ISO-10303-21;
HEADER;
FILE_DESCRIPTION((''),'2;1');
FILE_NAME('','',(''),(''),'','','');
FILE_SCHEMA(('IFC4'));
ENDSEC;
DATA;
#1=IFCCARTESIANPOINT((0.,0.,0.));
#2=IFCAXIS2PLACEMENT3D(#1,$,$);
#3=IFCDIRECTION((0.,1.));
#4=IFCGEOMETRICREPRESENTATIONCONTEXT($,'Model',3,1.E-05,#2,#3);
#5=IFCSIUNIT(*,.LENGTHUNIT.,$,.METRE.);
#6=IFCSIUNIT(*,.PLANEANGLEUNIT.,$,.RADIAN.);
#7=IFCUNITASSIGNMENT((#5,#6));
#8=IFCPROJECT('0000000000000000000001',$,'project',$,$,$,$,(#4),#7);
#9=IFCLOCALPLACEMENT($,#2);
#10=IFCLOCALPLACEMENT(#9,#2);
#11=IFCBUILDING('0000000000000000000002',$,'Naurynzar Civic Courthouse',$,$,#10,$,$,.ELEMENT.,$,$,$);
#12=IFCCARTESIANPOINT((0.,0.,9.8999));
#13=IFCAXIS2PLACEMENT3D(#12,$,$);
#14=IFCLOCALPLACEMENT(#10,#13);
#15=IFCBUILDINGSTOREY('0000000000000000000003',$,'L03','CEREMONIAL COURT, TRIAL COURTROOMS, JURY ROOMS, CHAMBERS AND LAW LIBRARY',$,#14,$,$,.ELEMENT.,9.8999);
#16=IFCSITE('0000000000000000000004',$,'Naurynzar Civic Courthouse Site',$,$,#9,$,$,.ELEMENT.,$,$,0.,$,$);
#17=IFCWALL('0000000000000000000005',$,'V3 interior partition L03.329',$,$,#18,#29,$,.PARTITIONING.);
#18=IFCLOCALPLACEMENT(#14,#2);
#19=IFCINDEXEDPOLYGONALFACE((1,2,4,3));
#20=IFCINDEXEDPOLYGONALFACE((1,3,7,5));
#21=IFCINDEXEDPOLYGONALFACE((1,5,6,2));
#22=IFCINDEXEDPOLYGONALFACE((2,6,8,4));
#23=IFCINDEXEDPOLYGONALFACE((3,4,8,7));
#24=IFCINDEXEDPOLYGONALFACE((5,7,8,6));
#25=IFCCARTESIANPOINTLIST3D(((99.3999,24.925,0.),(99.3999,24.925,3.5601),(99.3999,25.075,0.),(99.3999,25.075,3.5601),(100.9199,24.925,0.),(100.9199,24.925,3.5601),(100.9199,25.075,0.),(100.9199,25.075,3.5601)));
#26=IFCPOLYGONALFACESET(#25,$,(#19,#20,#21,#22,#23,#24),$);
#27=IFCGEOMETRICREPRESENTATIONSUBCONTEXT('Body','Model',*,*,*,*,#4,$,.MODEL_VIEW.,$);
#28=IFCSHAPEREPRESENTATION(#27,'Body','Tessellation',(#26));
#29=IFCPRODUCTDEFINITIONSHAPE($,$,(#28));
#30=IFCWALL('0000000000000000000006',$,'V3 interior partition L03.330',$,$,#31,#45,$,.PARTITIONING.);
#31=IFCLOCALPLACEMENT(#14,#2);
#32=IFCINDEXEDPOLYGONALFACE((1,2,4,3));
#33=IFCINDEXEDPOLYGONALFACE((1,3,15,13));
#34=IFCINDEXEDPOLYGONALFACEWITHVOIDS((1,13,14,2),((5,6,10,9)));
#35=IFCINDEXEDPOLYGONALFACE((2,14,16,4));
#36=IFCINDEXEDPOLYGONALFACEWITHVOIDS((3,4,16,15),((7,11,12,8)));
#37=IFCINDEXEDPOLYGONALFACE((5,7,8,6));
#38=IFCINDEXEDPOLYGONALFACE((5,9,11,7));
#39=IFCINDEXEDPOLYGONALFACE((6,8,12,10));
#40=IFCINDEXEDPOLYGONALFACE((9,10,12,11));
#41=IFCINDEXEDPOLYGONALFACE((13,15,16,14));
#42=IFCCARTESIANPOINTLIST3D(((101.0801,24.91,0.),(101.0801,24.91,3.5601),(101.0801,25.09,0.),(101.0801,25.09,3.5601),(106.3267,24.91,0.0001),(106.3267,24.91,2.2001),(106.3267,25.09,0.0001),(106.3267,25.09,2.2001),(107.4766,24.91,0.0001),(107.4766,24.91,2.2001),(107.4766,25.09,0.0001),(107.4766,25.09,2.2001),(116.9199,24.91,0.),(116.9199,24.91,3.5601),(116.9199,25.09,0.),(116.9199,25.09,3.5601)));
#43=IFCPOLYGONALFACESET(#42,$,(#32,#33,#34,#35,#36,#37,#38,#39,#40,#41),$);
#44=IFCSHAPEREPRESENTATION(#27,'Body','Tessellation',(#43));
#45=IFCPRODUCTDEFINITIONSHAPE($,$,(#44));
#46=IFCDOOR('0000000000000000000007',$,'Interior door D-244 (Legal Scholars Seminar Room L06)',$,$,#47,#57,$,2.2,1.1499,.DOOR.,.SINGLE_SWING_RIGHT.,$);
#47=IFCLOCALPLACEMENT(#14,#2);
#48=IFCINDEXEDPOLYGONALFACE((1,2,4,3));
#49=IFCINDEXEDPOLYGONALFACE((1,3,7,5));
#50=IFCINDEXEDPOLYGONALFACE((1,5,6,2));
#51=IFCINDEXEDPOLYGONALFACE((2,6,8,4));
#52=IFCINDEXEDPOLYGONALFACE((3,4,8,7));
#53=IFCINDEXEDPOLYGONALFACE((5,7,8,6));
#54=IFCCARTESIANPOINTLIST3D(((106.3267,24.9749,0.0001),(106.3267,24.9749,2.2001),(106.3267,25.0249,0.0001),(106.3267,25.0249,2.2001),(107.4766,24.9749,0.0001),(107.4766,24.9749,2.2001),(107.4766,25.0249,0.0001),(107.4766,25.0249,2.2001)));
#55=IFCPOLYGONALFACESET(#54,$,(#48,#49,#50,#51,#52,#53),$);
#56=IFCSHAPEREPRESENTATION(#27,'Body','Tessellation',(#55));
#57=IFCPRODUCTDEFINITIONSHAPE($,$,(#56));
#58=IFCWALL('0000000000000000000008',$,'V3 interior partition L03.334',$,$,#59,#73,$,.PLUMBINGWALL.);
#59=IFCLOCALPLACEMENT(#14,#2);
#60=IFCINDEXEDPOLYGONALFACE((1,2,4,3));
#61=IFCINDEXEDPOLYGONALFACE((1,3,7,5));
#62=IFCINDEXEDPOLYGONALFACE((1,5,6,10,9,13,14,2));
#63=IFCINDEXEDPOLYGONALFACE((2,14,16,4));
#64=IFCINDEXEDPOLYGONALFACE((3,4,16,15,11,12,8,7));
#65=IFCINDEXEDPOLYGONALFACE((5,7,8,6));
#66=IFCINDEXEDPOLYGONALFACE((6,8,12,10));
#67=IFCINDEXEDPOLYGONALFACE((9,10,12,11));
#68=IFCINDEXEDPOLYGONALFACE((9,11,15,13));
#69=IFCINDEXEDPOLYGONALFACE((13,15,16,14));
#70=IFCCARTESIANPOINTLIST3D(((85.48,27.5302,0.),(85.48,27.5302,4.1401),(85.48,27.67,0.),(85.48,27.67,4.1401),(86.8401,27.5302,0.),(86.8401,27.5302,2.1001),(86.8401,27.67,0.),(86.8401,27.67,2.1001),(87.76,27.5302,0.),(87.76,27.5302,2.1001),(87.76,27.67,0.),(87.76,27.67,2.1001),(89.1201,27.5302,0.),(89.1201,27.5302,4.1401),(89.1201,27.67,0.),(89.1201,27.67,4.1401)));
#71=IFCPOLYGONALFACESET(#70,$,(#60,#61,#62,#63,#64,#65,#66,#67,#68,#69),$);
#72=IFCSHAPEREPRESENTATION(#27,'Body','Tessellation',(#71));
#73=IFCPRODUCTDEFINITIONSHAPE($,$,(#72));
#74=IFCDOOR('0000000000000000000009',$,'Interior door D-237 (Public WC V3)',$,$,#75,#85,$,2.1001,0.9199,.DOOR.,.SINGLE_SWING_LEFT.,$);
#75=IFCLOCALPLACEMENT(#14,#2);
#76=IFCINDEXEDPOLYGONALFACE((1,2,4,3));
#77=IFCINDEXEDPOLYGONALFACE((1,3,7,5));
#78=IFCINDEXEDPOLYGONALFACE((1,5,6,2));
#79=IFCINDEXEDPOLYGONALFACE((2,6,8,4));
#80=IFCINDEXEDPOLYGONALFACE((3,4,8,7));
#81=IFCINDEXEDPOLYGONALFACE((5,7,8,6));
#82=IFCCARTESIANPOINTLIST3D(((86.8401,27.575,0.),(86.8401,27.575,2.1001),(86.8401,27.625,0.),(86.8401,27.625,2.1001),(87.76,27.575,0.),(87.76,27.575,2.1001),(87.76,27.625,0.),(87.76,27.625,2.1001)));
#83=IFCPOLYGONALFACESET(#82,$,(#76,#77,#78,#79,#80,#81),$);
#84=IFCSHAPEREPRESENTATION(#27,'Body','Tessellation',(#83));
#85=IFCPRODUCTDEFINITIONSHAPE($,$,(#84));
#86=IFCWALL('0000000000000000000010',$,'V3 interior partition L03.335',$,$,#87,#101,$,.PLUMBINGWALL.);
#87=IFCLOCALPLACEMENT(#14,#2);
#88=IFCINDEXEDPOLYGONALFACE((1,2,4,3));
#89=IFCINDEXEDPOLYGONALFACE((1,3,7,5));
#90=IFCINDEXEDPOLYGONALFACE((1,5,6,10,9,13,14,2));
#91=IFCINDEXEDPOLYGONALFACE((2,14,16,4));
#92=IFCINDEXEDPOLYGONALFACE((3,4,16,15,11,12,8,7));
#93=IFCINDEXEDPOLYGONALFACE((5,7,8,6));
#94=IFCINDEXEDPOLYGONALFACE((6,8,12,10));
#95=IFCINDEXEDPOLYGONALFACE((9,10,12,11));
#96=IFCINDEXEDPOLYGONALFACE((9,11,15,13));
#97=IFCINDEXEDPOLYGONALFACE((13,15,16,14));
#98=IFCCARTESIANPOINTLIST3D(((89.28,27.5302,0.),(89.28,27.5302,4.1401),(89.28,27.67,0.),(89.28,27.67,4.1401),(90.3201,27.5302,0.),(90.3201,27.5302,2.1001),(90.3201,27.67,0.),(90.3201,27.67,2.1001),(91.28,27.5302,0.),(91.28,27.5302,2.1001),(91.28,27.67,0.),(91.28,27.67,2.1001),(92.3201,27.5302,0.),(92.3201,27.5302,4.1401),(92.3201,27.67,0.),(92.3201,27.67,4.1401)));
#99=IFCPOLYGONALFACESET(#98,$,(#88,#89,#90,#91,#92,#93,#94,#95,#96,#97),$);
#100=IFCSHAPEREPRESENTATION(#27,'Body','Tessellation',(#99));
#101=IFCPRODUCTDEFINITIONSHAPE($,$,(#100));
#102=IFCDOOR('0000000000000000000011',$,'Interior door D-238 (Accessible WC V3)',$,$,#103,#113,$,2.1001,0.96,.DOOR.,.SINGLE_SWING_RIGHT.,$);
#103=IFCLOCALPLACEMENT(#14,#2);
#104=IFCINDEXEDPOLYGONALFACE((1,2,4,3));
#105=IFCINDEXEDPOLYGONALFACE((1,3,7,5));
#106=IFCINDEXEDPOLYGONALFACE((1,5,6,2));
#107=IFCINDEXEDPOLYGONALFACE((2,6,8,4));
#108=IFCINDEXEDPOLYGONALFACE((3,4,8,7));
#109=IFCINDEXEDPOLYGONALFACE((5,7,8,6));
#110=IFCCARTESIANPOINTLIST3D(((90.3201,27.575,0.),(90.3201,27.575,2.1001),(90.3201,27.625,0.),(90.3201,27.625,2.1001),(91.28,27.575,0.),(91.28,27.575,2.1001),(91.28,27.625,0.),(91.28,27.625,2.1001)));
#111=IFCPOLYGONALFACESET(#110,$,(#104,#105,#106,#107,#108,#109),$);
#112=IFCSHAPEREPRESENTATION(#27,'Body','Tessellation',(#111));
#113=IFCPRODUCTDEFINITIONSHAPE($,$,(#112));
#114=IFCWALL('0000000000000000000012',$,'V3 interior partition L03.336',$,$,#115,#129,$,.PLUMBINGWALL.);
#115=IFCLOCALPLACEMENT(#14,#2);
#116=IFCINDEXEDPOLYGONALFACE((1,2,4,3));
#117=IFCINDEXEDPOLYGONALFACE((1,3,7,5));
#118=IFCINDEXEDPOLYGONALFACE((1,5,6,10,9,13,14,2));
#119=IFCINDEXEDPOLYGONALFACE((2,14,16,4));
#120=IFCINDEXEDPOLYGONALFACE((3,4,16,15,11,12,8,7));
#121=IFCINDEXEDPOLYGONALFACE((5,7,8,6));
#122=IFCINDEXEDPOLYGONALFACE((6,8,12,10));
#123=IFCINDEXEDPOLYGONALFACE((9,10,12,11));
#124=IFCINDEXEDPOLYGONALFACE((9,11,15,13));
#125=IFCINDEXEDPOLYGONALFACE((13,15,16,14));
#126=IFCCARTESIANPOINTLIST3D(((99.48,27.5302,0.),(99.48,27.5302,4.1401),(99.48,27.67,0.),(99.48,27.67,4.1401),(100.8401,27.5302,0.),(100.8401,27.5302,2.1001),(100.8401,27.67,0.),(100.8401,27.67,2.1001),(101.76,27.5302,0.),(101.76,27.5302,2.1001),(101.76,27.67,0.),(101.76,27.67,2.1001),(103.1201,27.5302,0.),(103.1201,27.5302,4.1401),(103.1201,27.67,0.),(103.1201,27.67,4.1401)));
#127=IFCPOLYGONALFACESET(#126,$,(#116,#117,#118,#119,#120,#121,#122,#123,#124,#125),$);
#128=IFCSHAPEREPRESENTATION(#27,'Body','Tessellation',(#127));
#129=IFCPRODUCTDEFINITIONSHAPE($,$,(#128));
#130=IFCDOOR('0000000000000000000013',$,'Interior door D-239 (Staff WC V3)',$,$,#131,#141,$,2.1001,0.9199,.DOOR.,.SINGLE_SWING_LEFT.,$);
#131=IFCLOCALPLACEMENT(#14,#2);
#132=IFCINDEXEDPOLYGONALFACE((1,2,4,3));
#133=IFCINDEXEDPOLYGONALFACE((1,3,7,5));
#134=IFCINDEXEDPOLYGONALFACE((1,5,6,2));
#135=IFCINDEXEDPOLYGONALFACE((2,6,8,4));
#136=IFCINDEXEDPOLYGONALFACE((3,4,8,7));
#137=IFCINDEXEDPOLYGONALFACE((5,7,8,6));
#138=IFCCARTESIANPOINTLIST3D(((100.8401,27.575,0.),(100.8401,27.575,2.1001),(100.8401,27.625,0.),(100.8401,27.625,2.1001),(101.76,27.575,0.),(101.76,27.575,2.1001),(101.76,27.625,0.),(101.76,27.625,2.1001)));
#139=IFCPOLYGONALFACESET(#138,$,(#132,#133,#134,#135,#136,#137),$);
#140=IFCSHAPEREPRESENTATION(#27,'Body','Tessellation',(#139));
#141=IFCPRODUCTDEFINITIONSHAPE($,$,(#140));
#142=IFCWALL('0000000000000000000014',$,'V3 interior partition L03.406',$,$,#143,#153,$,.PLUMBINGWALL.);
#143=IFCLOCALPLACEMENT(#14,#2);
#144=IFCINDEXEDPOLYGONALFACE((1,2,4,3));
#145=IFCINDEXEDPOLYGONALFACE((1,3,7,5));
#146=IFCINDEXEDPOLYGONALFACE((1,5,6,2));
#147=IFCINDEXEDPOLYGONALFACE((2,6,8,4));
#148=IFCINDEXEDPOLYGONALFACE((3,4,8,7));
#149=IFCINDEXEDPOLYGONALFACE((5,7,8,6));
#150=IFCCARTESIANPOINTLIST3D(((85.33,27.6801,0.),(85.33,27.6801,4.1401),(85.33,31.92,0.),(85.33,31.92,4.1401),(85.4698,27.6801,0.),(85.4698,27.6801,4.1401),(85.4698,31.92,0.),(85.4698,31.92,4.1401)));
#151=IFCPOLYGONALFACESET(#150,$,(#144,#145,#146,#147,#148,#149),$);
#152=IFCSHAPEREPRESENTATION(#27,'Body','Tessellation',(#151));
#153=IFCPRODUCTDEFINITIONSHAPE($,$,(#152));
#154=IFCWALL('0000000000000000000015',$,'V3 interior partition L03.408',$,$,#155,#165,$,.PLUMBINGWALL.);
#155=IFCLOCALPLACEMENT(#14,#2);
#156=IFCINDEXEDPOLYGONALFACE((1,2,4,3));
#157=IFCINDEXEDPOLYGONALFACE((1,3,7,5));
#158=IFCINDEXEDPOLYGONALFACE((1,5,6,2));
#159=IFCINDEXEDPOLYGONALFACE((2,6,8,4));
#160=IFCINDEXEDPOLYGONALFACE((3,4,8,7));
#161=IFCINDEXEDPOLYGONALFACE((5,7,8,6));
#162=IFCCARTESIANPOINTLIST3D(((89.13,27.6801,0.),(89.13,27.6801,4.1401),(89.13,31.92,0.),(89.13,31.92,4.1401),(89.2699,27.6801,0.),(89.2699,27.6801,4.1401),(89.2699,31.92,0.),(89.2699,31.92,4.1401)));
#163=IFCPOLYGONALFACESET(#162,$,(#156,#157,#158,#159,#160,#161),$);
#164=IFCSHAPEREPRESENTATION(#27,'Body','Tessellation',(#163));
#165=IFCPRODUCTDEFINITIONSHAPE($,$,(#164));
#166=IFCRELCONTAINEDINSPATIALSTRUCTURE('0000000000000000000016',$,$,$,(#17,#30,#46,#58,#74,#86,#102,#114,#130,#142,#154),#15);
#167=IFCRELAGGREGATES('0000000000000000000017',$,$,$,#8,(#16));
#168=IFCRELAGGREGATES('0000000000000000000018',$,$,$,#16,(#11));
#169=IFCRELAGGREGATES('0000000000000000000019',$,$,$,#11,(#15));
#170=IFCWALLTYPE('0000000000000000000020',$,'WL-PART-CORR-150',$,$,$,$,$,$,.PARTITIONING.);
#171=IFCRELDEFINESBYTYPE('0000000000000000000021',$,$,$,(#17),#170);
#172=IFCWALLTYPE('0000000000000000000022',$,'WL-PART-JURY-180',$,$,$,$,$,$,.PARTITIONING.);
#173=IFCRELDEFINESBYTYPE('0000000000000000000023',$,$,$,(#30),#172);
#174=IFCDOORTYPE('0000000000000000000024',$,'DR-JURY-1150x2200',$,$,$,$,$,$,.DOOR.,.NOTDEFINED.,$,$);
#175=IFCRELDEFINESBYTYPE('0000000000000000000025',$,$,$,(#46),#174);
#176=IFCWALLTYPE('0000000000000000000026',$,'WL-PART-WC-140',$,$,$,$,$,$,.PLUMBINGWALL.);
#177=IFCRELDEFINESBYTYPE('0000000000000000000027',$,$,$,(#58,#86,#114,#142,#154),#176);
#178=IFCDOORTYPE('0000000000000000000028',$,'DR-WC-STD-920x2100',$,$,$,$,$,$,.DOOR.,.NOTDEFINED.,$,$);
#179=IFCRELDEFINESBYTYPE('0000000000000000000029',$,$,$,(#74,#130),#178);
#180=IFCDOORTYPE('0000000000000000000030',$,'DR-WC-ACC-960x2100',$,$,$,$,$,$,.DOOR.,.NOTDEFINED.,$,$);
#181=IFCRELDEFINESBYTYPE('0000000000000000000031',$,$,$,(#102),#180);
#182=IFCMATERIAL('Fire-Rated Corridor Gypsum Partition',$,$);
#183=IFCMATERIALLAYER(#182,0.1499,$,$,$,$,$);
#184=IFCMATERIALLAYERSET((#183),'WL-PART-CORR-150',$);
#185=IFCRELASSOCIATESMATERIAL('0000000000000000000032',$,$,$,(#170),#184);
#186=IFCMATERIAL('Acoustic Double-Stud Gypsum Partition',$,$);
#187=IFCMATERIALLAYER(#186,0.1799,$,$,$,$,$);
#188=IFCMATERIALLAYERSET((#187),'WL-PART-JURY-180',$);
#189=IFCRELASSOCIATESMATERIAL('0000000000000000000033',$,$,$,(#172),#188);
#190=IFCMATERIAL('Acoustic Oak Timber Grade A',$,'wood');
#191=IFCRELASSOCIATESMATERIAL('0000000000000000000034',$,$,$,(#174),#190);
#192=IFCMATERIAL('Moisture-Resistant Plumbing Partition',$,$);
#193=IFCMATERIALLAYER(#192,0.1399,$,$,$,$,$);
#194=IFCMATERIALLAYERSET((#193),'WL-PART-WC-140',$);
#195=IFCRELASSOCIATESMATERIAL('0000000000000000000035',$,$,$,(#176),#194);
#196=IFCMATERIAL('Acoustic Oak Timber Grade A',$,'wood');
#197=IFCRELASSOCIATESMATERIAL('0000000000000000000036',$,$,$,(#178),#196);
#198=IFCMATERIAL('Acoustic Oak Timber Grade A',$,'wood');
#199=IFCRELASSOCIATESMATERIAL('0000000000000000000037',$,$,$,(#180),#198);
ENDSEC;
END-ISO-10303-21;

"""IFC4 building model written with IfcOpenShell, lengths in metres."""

from ifc_helpers import new_model, si_unit, direction, frame, frame_2d, origin, place, context, subcontext, project, spatial, rectangle, extrude, material, layer, layer_set, type_object, element, fill, save


model = new_model("IFC4")

# Units and contexts
model_context = context("Model", 3, precision=1e-05, world=origin(), true_north=direction((0.0, 1.0)))
body_context = subcontext(model_context, "Body", "Model", "MODEL_VIEW")
ifc_project = project(units=[si_unit("LENGTHUNIT", "METRE"), si_unit("PLANEANGLEUNIT", "RADIAN")], contexts=[model_context])

# Site, building, storey
site_placement = place(None, origin())
site = spatial("IfcSite", under=ifc_project, at=site_placement, Name="Naurynzar Civic Courthouse Site", CompositionType="ELEMENT", RefElevation=0.0)
building_placement = place(site_placement, origin())
building = spatial("IfcBuilding", under=site, at=building_placement, Name="Naurynzar Civic Courthouse", CompositionType="ELEMENT")
storey_placement = place(building_placement, frame((0.0, 0.0, 9.8999)))
storey = spatial("IfcBuildingStorey", under=building, at=storey_placement, Name="L03", Description="CEREMONIAL COURT, TRIAL COURTROOMS, JURY ROOMS, CHAMBERS AND LAW LIBRARY", CompositionType="ELEMENT", Elevation=9.8999)

# Wall
ifc_material_1 = material(Name="Fire-Rated Corridor Gypsum Partition")
ifc_layer_1 = layer(ifc_material_1, 0.1499)
ifc_layer_set_1 = layer_set([ifc_layer_1], Name="WL-PART-CORR-150")
wall_type_1 = type_object("IfcWallType", Name="WL-PART-CORR-150", PredefinedType="PARTITIONING", material=ifc_layer_set_1)
wall_1_placement = place(storey_placement, frame((99.3999, 25.0, 0.0), z_axis=(0.0, 0.0, 1.0), x_axis=(1.0, 0.0, 0.0)))
element("IfcWall", 1, at=wall_1_placement, inside=storey, type_object=wall_type_1, Name="V3 interior partition L03.329", PredefinedType="PARTITIONING", context=body_context, shape_type="SweptSolid", body=[
    extrude(rectangle(XDim=1.52, YDim=0.1499, at=frame_2d((0.76, 0.0))), origin(), (0.0, 0.0, 1.0), 3.5601),
])

# Walls, openings, doors
ifc_material_2 = material(Name="Acoustic Double-Stud Gypsum Partition")
ifc_layer_2 = layer(ifc_material_2, 0.1799)
ifc_layer_set_2 = layer_set([ifc_layer_2], Name="WL-PART-JURY-180")
wall_type_2 = type_object("IfcWallType", Name="WL-PART-JURY-180", PredefinedType="PARTITIONING", material=ifc_layer_set_2)
wall_2_placement = place(storey_placement, frame((101.0801, 25.0, 0.0), z_axis=(0.0, 0.0, 1.0), x_axis=(1.0, 0.0, 0.0)))
wall_2 = element("IfcWall", 2, at=wall_2_placement, inside=storey, type_object=wall_type_2, Name="V3 interior partition L03.330", PredefinedType="PARTITIONING", context=body_context, shape_type="SweptSolid", body=[
    extrude(rectangle(XDim=15.8398, YDim=0.1799, at=frame_2d((7.9199, 0.0))), origin(), (0.0, 0.0, 1.0), 3.5601),
])
opening_1_placement = place(wall_2_placement, frame((5.2466, 0.0, 0.0)))
opening_1 = element("IfcOpeningElement", 3, at=opening_1_placement, cuts=wall_2, PredefinedType="OPENING", context=body_context, shape_type="SweptSolid", body=[
    extrude(rectangle(XDim=1.1499, YDim=2.2, at=frame_2d((0.575, 1.1001))), frame((0.0, 0.0999, 0.0), z_axis=(0.0, -1.0, 0.0), x_axis=(1.0, 0.0, 0.0)), (0.0, 0.0, 1.0), 0.2),
])
ifc_material_3 = material(Name="Acoustic Oak Timber Grade A", Category="wood")
door_type_1 = type_object("IfcDoorType", Name="DR-JURY-1150x2200", OperationType="NOTDEFINED", PredefinedType="DOOR", material=ifc_material_3)
door_1_placement = place(opening_1_placement, origin())
door_1 = element("IfcDoor", 4, at=door_1_placement, inside=storey, type_object=door_type_1, Name="Interior door D-244 (Legal Scholars Seminar Room L06)", OperationType="SINGLE_SWING_RIGHT", OverallHeight=2.2, OverallWidth=1.1499, PredefinedType="DOOR", context=body_context, shape_type="SweptSolid", body=[
    extrude(rectangle(XDim=1.1499, YDim=2.2, at=frame_2d((0.575, 1.1001))), frame((0.0, 0.0249, 0.0), z_axis=(0.0, -1.0, 0.0), x_axis=(1.0, 0.0, 0.0)), (0.0, 0.0, 1.0), 0.05),
])
fill(opening_1, door_1)
ifc_material_4 = material(Name="Moisture-Resistant Plumbing Partition")
ifc_layer_3 = layer(ifc_material_4, 0.1399)
ifc_layer_set_3 = layer_set([ifc_layer_3], Name="WL-PART-WC-140")
wall_type_3 = type_object("IfcWallType", Name="WL-PART-WC-140", PredefinedType="PLUMBINGWALL", material=ifc_layer_set_3)
wall_3_placement = place(storey_placement, frame((85.48, 27.6001, 0.0), z_axis=(0.0, 0.0, 1.0), x_axis=(1.0, 0.0, 0.0)))
wall_3 = element("IfcWall", 5, at=wall_3_placement, inside=storey, type_object=wall_type_3, Name="V3 interior partition L03.334", PredefinedType="PLUMBINGWALL", context=body_context, shape_type="SweptSolid", body=[
    extrude(rectangle(XDim=3.6401, YDim=0.1399, at=frame_2d((1.8201, 0.0))), origin(), (0.0, 0.0, 1.0), 4.1401),
])
opening_2_placement = place(wall_3_placement, frame((1.3601, 0.0, 0.0)))
opening_2 = element("IfcOpeningElement", 6, at=opening_2_placement, cuts=wall_3, PredefinedType="OPENING", context=body_context, shape_type="SweptSolid", body=[
    extrude(rectangle(XDim=0.9199, YDim=2.1001, at=frame_2d((0.46, 1.05))), frame((0.0, 0.0798, 0.0), z_axis=(0.0, -1.0, 0.0), x_axis=(1.0, 0.0, 0.0)), (0.0, 0.0, 1.0), 0.1599),
])
ifc_material_5 = material(Name="Acoustic Oak Timber Grade A", Category="wood")
door_type_2 = type_object("IfcDoorType", Name="DR-WC-STD-920x2100", OperationType="NOTDEFINED", PredefinedType="DOOR", material=ifc_material_5)
door_2_placement = place(opening_2_placement, origin())
door_2 = element("IfcDoor", 7, at=door_2_placement, inside=storey, type_object=door_type_2, Name="Interior door D-237 (Public WC V3)", OperationType="SINGLE_SWING_LEFT", OverallHeight=2.1001, OverallWidth=0.9199, PredefinedType="DOOR", context=body_context, shape_type="SweptSolid", body=[
    extrude(rectangle(XDim=0.9199, YDim=2.1001, at=frame_2d((0.46, 1.05))), frame((0.0, 0.0249, 0.0), z_axis=(0.0, -1.0, 0.0), x_axis=(1.0, 0.0, 0.0)), (0.0, 0.0, 1.0), 0.05),
])
fill(opening_2, door_2)
wall_4_placement = place(storey_placement, frame((89.28, 27.6001, 0.0), z_axis=(0.0, 0.0, 1.0), x_axis=(1.0, 0.0, 0.0)))
wall_4 = element("IfcWall", 8, at=wall_4_placement, inside=storey, type_object=wall_type_3, Name="V3 interior partition L03.335", PredefinedType="PLUMBINGWALL", context=body_context, shape_type="SweptSolid", body=[
    extrude(rectangle(XDim=3.04, YDim=0.1399, at=frame_2d((1.52, 0.0))), origin(), (0.0, 0.0, 1.0), 4.1401),
])
opening_3_placement = place(wall_4_placement, frame((1.04, 0.0, 0.0)))
opening_3 = element("IfcOpeningElement", 9, at=opening_3_placement, cuts=wall_4, PredefinedType="OPENING", context=body_context, shape_type="SweptSolid", body=[
    extrude(rectangle(XDim=0.96, YDim=2.1001, at=frame_2d((0.48, 1.05))), frame((0.0, 0.0798, 0.0), z_axis=(0.0, -1.0, 0.0), x_axis=(1.0, 0.0, 0.0)), (0.0, 0.0, 1.0), 0.1599),
])
ifc_material_6 = material(Name="Acoustic Oak Timber Grade A", Category="wood")
door_type_3 = type_object("IfcDoorType", Name="DR-WC-ACC-960x2100", OperationType="NOTDEFINED", PredefinedType="DOOR", material=ifc_material_6)
door_3_placement = place(opening_3_placement, origin())
door_3 = element("IfcDoor", 10, at=door_3_placement, inside=storey, type_object=door_type_3, Name="Interior door D-238 (Accessible WC V3)", OperationType="SINGLE_SWING_RIGHT", OverallHeight=2.1001, OverallWidth=0.96, PredefinedType="DOOR", context=body_context, shape_type="SweptSolid", body=[
    extrude(rectangle(XDim=0.96, YDim=2.1001, at=frame_2d((0.48, 1.05))), frame((0.0, 0.0249, 0.0), z_axis=(0.0, -1.0, 0.0), x_axis=(1.0, 0.0, 0.0)), (0.0, 0.0, 1.0), 0.05),
])
fill(opening_3, door_3)
wall_5_placement = place(storey_placement, frame((99.48, 27.6001, 0.0), z_axis=(0.0, 0.0, 1.0), x_axis=(1.0, 0.0, 0.0)))
wall_5 = element("IfcWall", 11, at=wall_5_placement, inside=storey, type_object=wall_type_3, Name="V3 interior partition L03.336", PredefinedType="PLUMBINGWALL", context=body_context, shape_type="SweptSolid", body=[
    extrude(rectangle(XDim=3.6401, YDim=0.1399, at=frame_2d((1.8201, 0.0))), origin(), (0.0, 0.0, 1.0), 4.1401),
])
opening_4_placement = place(wall_5_placement, frame((1.3601, 0.0, 0.0)))
opening_4 = element("IfcOpeningElement", 12, at=opening_4_placement, cuts=wall_5, PredefinedType="OPENING", context=body_context, shape_type="SweptSolid", body=[
    extrude(rectangle(XDim=0.9199, YDim=2.1001, at=frame_2d((0.46, 1.05))), frame((0.0, 0.0798, 0.0), z_axis=(0.0, -1.0, 0.0), x_axis=(1.0, 0.0, 0.0)), (0.0, 0.0, 1.0), 0.1599),
])
door_4_placement = place(opening_4_placement, origin())
door_4 = element("IfcDoor", 13, at=door_4_placement, inside=storey, type_object=door_type_2, Name="Interior door D-239 (Staff WC V3)", OperationType="SINGLE_SWING_LEFT", OverallHeight=2.1001, OverallWidth=0.9199, PredefinedType="DOOR", context=body_context, shape_type="SweptSolid", body=[
    extrude(rectangle(XDim=0.9199, YDim=2.1001, at=frame_2d((0.46, 1.05))), frame((0.0, 0.0249, 0.0), z_axis=(0.0, -1.0, 0.0), x_axis=(1.0, 0.0, 0.0)), (0.0, 0.0, 1.0), 0.05),
])
fill(opening_4, door_4)

# Walls
for number, where, z_axis, x_axis, name in (
    (14, (85.3999, 27.6799, 0.0), (0.0, 0.0, 1.0), (0.0, 1.0, 0.0), "V3 interior partition L03.406"),
    (15, (89.2, 27.6799, 0.0), (0.0, 0.0, 1.0), (0.0, 1.0, 0.0), "V3 interior partition L03.408"),
):
    element("IfcWall", number, at=place(storey_placement, frame(where, z_axis=z_axis, x_axis=x_axis)), inside=storey, type_object=wall_type_3, Name=name, PredefinedType="PLUMBINGWALL", context=body_context, shape_type="SweptSolid", body=[
        extrude(rectangle(XDim=4.24, YDim=0.1399, at=frame_2d((2.1201, 0.0))), origin(), (0.0, 0.0, 1.0), 4.1401),
    ])

save(model, "model.ifc")
